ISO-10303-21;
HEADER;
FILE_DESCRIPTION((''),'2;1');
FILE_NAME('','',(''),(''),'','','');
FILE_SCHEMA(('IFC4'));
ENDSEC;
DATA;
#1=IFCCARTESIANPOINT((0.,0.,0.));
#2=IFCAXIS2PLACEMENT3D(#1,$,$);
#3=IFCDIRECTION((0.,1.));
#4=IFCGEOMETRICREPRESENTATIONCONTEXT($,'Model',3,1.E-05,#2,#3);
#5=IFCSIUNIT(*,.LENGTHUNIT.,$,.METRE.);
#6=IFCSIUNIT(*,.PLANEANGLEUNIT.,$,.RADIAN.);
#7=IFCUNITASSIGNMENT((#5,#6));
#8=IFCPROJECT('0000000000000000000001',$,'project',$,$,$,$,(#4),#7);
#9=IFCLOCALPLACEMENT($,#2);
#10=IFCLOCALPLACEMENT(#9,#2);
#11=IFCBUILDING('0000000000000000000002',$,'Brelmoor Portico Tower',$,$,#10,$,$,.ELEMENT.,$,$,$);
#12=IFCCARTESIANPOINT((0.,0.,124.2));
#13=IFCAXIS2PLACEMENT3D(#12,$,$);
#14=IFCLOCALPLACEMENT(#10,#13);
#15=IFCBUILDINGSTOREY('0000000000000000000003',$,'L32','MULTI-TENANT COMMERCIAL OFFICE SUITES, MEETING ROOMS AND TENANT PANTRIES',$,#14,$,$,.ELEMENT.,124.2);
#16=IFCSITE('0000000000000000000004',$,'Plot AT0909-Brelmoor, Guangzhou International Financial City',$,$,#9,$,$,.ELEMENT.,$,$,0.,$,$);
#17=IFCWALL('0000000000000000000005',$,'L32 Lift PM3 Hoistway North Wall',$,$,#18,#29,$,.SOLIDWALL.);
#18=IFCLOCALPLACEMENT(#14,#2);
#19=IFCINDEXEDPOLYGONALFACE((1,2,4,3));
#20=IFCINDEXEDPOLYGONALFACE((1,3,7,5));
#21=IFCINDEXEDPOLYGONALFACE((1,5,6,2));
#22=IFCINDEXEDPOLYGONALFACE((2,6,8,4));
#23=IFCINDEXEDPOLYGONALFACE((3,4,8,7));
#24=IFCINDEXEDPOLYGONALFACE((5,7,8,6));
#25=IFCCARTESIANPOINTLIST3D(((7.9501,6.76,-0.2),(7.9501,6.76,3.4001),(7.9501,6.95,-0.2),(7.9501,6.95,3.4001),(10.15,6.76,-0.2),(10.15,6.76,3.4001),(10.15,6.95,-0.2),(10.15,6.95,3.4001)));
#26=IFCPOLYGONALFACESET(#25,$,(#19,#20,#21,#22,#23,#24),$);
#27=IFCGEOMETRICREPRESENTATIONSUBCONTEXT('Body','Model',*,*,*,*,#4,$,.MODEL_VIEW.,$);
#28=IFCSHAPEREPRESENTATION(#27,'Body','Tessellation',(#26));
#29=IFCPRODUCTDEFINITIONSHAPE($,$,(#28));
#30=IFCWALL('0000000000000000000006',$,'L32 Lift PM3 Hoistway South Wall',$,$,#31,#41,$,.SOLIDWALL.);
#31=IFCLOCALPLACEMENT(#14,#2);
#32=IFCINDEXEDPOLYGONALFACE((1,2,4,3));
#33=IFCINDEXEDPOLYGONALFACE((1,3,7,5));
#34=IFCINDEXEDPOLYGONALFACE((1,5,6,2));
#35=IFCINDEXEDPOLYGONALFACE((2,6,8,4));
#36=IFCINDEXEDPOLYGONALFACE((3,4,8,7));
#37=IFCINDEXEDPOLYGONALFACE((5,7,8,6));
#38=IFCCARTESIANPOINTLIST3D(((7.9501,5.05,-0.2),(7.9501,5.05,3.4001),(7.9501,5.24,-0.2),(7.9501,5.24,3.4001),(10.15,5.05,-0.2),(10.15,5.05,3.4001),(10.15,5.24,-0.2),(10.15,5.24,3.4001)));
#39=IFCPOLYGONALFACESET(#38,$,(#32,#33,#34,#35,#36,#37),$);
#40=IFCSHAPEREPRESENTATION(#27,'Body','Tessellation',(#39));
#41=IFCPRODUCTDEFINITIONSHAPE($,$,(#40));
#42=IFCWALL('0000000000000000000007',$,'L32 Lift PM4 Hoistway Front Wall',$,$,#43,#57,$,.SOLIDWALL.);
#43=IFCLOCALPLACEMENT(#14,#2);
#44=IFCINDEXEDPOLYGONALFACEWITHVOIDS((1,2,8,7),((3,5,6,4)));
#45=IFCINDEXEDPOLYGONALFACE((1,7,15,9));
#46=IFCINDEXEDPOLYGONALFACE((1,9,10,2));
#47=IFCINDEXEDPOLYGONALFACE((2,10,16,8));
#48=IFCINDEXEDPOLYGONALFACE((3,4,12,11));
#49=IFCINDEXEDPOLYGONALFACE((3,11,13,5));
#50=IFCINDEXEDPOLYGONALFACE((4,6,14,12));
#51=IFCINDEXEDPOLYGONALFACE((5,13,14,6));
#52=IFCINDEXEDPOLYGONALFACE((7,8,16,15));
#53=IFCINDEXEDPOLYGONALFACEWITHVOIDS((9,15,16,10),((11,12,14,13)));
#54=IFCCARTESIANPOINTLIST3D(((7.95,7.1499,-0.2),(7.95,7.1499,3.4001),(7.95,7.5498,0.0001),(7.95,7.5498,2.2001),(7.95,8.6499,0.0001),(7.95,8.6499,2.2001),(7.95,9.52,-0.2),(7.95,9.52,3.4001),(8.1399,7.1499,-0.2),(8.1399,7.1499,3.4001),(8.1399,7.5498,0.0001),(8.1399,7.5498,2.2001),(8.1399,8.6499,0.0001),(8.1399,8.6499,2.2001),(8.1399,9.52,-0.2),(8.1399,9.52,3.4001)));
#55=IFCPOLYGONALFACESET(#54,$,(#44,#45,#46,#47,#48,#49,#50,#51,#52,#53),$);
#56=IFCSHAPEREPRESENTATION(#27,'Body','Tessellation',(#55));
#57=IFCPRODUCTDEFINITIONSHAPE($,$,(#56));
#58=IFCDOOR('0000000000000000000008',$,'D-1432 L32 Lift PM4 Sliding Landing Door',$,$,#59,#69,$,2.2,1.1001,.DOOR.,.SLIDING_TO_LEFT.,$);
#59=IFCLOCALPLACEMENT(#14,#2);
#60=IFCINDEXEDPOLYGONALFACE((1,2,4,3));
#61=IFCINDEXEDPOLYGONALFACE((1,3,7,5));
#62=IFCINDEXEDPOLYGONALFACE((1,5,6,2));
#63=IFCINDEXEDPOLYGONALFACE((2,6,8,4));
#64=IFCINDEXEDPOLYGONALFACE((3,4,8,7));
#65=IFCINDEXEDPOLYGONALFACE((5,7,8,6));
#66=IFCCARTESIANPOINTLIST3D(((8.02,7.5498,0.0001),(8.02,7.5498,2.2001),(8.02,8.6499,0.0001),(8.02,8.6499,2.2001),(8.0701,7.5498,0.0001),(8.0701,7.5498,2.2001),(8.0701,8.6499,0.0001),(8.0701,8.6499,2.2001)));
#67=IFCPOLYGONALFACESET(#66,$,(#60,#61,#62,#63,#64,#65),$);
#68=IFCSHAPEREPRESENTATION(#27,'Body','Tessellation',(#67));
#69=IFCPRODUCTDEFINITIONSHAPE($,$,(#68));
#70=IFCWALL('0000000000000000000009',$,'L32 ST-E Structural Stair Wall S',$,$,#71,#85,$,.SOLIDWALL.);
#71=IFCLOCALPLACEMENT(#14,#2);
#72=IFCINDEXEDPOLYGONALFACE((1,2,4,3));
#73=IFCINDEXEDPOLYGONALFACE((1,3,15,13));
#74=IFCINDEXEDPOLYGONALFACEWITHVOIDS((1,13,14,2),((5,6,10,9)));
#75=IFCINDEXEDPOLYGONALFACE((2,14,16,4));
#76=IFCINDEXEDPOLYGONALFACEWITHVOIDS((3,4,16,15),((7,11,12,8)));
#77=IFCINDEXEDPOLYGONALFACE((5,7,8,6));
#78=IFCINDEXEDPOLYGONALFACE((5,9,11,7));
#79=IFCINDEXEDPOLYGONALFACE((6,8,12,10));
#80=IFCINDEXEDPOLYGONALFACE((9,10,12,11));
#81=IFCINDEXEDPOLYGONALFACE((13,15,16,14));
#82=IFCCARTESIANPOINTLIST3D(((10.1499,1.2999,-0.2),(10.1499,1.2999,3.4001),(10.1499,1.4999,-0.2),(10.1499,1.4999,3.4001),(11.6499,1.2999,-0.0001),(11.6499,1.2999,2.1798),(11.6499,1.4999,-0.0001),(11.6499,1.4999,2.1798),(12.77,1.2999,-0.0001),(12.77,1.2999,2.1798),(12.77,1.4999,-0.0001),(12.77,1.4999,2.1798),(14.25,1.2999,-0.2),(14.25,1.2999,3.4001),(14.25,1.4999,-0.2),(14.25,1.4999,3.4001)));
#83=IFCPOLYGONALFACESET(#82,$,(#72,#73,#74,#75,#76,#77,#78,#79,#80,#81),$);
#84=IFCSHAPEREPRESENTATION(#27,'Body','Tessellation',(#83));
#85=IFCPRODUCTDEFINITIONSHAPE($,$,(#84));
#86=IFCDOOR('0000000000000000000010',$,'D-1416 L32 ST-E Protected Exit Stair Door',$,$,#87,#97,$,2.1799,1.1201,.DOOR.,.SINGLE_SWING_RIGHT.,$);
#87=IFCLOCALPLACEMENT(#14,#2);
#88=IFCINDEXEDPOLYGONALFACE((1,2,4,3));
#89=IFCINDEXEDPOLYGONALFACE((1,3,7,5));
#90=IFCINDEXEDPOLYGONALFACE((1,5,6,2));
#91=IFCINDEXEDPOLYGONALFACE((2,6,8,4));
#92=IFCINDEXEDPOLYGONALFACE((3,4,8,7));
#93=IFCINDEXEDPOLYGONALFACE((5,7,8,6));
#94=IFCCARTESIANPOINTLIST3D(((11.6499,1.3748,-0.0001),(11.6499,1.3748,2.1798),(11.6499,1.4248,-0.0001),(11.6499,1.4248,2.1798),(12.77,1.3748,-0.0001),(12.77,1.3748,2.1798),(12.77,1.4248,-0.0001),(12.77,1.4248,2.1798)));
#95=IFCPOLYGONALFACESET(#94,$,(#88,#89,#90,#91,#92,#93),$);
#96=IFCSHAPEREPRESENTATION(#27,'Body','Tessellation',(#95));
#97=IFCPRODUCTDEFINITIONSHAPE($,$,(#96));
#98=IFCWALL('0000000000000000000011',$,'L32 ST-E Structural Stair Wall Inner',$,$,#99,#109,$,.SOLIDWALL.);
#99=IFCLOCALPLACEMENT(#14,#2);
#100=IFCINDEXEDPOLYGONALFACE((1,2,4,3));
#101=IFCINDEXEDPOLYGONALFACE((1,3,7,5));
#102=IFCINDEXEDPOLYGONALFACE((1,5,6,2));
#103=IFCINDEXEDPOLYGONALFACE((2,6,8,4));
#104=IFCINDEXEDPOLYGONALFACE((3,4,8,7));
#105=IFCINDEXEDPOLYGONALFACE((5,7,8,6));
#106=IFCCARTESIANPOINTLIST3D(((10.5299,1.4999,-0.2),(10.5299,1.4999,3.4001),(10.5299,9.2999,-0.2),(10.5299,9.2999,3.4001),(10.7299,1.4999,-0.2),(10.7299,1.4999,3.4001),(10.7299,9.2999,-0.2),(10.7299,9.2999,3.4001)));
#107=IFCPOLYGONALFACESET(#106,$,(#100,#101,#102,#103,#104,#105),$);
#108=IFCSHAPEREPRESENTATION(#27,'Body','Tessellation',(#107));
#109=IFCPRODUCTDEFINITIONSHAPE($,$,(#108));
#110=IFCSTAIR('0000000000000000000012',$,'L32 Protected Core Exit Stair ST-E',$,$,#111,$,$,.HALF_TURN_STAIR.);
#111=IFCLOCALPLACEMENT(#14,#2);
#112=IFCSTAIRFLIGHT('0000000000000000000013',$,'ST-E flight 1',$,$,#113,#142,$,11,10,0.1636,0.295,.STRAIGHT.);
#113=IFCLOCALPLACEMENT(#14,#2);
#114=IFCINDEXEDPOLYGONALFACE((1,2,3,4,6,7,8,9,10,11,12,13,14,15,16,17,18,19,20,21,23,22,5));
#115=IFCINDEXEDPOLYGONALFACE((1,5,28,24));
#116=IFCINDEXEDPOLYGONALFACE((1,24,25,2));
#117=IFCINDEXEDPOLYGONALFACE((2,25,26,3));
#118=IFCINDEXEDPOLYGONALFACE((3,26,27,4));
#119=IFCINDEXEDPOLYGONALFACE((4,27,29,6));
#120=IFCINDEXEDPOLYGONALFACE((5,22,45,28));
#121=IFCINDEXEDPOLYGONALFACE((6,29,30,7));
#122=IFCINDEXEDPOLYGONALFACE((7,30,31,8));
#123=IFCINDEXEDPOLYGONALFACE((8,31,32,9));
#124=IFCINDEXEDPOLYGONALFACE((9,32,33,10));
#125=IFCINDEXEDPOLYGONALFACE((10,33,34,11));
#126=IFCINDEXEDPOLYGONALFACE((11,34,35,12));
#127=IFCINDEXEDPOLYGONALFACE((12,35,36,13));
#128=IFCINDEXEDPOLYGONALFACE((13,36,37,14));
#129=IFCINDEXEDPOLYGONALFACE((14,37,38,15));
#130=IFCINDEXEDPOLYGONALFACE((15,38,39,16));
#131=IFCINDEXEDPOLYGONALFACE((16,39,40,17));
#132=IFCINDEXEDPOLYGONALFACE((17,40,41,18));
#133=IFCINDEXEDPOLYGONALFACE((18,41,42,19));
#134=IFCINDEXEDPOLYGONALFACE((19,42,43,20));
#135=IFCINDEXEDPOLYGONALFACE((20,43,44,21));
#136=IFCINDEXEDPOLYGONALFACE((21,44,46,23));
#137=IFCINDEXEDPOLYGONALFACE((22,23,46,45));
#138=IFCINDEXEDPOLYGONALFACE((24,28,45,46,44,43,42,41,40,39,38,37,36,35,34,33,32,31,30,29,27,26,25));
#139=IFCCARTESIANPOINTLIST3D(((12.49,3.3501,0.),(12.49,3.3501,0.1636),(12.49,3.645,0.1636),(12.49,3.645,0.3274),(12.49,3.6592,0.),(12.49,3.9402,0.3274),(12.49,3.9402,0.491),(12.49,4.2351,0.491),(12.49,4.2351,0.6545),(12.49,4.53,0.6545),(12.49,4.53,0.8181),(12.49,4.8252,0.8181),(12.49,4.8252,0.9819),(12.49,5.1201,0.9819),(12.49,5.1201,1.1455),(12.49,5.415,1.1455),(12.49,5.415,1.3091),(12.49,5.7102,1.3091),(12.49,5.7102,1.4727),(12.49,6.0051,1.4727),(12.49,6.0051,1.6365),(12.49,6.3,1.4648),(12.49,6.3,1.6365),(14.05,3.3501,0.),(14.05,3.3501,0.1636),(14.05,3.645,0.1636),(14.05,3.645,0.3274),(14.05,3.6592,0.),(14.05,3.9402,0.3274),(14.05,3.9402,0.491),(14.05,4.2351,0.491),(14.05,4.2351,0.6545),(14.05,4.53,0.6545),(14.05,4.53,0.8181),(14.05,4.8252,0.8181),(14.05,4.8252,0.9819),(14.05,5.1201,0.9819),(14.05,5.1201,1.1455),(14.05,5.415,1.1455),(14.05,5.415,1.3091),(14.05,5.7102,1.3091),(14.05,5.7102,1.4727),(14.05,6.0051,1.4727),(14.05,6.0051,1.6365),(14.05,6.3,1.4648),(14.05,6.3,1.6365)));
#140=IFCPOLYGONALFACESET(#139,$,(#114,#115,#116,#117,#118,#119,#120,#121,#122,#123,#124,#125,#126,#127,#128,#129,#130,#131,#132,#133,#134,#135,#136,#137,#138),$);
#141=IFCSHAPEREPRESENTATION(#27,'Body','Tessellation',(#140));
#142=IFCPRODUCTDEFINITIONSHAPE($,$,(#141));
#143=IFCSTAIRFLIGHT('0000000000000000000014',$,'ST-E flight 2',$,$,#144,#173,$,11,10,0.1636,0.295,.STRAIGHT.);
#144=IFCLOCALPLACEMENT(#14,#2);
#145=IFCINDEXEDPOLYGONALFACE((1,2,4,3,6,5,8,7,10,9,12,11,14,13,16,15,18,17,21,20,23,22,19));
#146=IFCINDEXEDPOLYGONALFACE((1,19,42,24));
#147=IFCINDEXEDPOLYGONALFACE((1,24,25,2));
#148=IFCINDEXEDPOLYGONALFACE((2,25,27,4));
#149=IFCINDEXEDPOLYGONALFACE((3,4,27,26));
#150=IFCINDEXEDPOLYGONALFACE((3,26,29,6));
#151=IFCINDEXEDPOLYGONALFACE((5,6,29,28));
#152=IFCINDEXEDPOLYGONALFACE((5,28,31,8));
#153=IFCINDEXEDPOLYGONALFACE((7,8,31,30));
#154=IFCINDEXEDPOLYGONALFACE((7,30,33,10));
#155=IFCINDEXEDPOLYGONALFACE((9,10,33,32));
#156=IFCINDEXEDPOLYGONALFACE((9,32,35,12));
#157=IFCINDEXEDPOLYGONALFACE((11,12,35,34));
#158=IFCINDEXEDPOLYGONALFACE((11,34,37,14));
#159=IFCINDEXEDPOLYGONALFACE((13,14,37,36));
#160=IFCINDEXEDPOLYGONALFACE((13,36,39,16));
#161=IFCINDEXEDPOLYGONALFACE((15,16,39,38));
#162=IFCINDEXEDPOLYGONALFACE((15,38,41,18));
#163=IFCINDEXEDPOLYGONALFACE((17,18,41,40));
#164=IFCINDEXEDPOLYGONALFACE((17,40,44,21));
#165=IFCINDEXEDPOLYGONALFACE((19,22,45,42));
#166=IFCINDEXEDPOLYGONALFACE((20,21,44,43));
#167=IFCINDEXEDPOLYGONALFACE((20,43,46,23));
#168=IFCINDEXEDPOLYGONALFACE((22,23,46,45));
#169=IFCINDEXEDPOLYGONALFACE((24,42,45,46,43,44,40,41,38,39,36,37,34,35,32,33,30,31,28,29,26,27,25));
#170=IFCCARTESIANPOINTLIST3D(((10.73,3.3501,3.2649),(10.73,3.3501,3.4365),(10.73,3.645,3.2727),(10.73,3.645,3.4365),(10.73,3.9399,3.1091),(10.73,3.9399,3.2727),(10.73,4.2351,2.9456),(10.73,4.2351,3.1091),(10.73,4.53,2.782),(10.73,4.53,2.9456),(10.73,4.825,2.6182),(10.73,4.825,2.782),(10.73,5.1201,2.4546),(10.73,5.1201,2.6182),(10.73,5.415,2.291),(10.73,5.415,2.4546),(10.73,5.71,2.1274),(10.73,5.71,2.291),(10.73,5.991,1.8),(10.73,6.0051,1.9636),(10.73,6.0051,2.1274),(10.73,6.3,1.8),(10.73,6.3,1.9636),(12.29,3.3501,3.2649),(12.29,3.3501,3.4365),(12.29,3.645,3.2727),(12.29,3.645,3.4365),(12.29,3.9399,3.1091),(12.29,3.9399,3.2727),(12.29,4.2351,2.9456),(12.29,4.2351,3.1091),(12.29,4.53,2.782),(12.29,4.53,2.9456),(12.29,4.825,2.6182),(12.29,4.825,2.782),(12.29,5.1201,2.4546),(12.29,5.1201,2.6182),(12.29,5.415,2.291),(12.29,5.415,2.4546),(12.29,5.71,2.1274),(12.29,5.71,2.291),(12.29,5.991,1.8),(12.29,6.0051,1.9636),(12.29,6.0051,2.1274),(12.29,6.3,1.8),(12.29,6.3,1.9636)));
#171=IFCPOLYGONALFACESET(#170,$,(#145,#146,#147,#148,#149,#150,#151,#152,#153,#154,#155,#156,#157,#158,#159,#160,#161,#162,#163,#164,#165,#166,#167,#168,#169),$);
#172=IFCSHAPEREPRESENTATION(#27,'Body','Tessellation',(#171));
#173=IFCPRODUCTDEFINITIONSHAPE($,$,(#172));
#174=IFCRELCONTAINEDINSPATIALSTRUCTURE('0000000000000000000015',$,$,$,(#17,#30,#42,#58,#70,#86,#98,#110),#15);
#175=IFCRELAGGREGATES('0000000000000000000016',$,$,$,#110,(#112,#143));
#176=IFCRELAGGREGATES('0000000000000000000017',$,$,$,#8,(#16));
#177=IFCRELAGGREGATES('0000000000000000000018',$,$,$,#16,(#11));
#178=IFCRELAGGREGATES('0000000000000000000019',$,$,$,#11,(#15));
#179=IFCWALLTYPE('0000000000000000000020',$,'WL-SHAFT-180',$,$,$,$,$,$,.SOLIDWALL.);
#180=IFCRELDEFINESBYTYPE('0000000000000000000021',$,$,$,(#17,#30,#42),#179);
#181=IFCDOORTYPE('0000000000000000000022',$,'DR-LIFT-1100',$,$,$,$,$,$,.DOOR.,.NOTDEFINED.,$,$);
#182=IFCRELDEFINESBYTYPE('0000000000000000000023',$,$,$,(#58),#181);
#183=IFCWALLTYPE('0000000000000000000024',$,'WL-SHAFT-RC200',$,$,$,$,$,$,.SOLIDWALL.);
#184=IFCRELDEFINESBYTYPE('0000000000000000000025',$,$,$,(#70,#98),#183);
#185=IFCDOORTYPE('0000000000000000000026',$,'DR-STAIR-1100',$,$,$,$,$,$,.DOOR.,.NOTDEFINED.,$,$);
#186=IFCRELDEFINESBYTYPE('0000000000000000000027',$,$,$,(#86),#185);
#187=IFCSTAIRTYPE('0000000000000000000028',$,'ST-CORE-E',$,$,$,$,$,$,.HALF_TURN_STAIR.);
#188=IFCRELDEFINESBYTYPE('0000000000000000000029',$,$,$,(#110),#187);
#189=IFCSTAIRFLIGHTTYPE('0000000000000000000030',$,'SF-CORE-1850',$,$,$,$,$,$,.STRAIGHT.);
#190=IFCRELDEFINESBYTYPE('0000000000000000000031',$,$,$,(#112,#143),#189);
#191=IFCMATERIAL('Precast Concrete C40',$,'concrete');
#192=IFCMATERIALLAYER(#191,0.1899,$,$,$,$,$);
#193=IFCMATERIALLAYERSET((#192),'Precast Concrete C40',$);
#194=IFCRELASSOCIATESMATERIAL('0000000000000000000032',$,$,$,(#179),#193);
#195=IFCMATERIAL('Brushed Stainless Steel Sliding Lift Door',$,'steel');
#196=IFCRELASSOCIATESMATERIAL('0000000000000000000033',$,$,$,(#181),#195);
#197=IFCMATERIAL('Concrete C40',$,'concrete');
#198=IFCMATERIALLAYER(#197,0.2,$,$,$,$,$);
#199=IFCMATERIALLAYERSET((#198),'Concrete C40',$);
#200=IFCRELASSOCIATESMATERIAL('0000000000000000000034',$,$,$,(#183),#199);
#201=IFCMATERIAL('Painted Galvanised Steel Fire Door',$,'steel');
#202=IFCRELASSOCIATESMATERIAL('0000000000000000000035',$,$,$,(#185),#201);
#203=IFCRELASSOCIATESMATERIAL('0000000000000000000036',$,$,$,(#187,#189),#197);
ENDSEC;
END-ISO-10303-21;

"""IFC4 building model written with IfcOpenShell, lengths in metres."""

from ifc_helpers import new_model, si_unit, direction, frame, frame_2d, origin, place, context, subcontext, project, spatial, polyline, rectangle, outline, extrude, material, layer, layer_set, type_object, element, fill, aggregate, save


model = new_model("IFC4")

# Units and contexts
model_context = context("Model", 3, precision=1e-05, world=origin(), true_north=direction((0.0, 1.0)))
body_context = subcontext(model_context, "Body", "Model", "MODEL_VIEW")
ifc_project = project(units=[si_unit("LENGTHUNIT", "METRE"), si_unit("PLANEANGLEUNIT", "RADIAN")], contexts=[model_context])

# Site, building, storey
site_placement = place(None, origin())
site = spatial("IfcSite", under=ifc_project, at=site_placement, Name="Plot AT0909-Brelmoor, Guangzhou International Financial City", CompositionType="ELEMENT", RefElevation=0.0)
building_placement = place(site_placement, origin())
building = spatial("IfcBuilding", under=site, at=building_placement, Name="Brelmoor Portico Tower", CompositionType="ELEMENT")
storey_placement = place(building_placement, frame((0.0, 0.0, 124.2)))
storey = spatial("IfcBuildingStorey", under=building, at=storey_placement, Name="L32", Description="MULTI-TENANT COMMERCIAL OFFICE SUITES, MEETING ROOMS AND TENANT PANTRIES", CompositionType="ELEMENT", Elevation=124.2)

# Shared definitions
ifc_material_1 = material(Name="Precast Concrete C40", Category="concrete")
ifc_layer_1 = layer(ifc_material_1, 0.1899)
ifc_layer_set_1 = layer_set([ifc_layer_1], Name="Precast Concrete C40")
wall_type_1 = type_object("IfcWallType", Name="WL-SHAFT-180", PredefinedType="SOLIDWALL", material=ifc_layer_set_1)
ifc_material_2 = material(Name="Brushed Stainless Steel Sliding Lift Door", Category="steel")
door_type_1 = type_object("IfcDoorType", Name="DR-LIFT-1100", OperationType="NOTDEFINED", PredefinedType="DOOR", material=ifc_material_2)

# Walls
for number, where, z_axis, x_axis, name in (
    (1, (7.95, 6.855, -0.2), (0.0, 0.0, 1.0), (1.0, 0.0, 0.0), "L32 Lift PM3 Hoistway North Wall"),
    (2, (7.95, 5.145, -0.2), (0.0, 0.0, 1.0), (1.0, 0.0, 0.0), "L32 Lift PM3 Hoistway South Wall"),
):
    element("IfcWall", number, at=place(storey_placement, frame(where, z_axis=z_axis, x_axis=x_axis)), inside=storey, type_object=wall_type_1, Name=name, PredefinedType="SOLIDWALL", context=body_context, shape_type="SweptSolid", body=[
        extrude(rectangle(XDim=2.2, YDim=0.1899, at=frame_2d((1.1001, 0.0))), origin(), (0.0, 0.0, 1.0), 3.6001),
    ])

# Walls, openings, doors
wall_1_placement = place(storey_placement, frame((8.0449, 7.1499, -0.2), z_axis=(0.0, 0.0, 1.0), x_axis=(0.0, 1.0, 0.0)))
wall_1 = element("IfcWall", 3, at=wall_1_placement, inside=storey, type_object=wall_type_1, Name="L32 Lift PM4 Hoistway Front Wall", PredefinedType="SOLIDWALL", context=body_context, shape_type="SweptSolid", body=[
    extrude(rectangle(XDim=2.3701, YDim=0.1899, at=frame_2d((1.1851, 0.0))), origin(), (0.0, 0.0, 1.0), 3.6001),
])
opening_1_placement = place(wall_1_placement, frame((0.3999, 0.0, 0.2)))
opening_1 = element("IfcOpeningElement", 4, at=opening_1_placement, cuts=wall_1, PredefinedType="OPENING", context=body_context, shape_type="SweptSolid", body=[
    extrude(rectangle(XDim=1.1001, YDim=2.2, at=frame_2d((0.55, 1.1001))), frame((0.0, 0.105, 0.0), z_axis=(0.0, -1.0, 0.0), x_axis=(1.0, 0.0, 0.0)), (0.0, 0.0, 1.0), 0.21),
])
door_1_placement = place(opening_1_placement, origin())
door_1 = element("IfcDoor", 5, at=door_1_placement, inside=storey, type_object=door_type_1, Name="D-1432 L32 Lift PM4 Sliding Landing Door", OperationType="SLIDING_TO_LEFT", OverallHeight=2.2, OverallWidth=1.1001, PredefinedType="DOOR", context=body_context, shape_type="SweptSolid", body=[
    extrude(rectangle(XDim=1.1001, YDim=2.2, at=frame_2d((0.55, 1.1001))), frame((0.0, 0.0249, 0.0), z_axis=(0.0, -1.0, 0.0), x_axis=(1.0, 0.0, 0.0)), (0.0, 0.0, 1.0), 0.05),
])
fill(opening_1, door_1)
ifc_material_3 = material(Name="Concrete C40", Category="concrete")
ifc_layer_2 = layer(ifc_material_3, 0.2)
ifc_layer_set_2 = layer_set([ifc_layer_2], Name="Concrete C40")
wall_type_2 = type_object("IfcWallType", Name="WL-SHAFT-RC200", PredefinedType="SOLIDWALL", material=ifc_layer_set_2)
wall_2_placement = place(storey_placement, frame((10.1499, 1.3999, -0.2), z_axis=(0.0, 0.0, 1.0), x_axis=(1.0, 0.0, 0.0)))
wall_2 = element("IfcWall", 6, at=wall_2_placement, inside=storey, type_object=wall_type_2, Name="L32 ST-E Structural Stair Wall S", PredefinedType="SOLIDWALL", context=body_context, shape_type="SweptSolid", body=[
    extrude(rectangle(XDim=4.1001, YDim=0.2, at=frame_2d((2.05, 0.0))), origin(), (0.0, 0.0, 1.0), 3.6001),
])
opening_2_placement = place(wall_2_placement, frame((1.5, 0.0, 0.2)))
opening_2 = element("IfcOpeningElement", 7, at=opening_2_placement, cuts=wall_2, PredefinedType="OPENING", context=body_context, shape_type="SweptSolid", body=[
    extrude(rectangle(XDim=1.1201, YDim=2.1799, at=frame_2d((0.5601, 1.0898))), frame((0.0, 0.1099, 0.0), z_axis=(0.0, -1.0, 0.0), x_axis=(1.0, 0.0, 0.0)), (0.0, 0.0, 1.0), 0.22),
])
ifc_material_4 = material(Name="Painted Galvanised Steel Fire Door", Category="steel")
door_type_2 = type_object("IfcDoorType", Name="DR-STAIR-1100", OperationType="NOTDEFINED", PredefinedType="DOOR", material=ifc_material_4)
door_2_placement = place(opening_2_placement, origin())
door_2 = element("IfcDoor", 8, at=door_2_placement, inside=storey, type_object=door_type_2, Name="D-1416 L32 ST-E Protected Exit Stair Door", OperationType="SINGLE_SWING_RIGHT", OverallHeight=2.1799, OverallWidth=1.1201, PredefinedType="DOOR", context=body_context, shape_type="SweptSolid", body=[
    extrude(rectangle(XDim=1.1201, YDim=2.1799, at=frame_2d((0.5601, 1.0898))), frame((0.0, 0.0249, 0.0), z_axis=(0.0, -1.0, 0.0), x_axis=(1.0, 0.0, 0.0)), (0.0, 0.0, 1.0), 0.05),
])
fill(opening_2, door_2)

# Wall
wall_3_placement = place(storey_placement, frame((10.6299, 1.5, -0.2), z_axis=(0.0, 0.0, 1.0), x_axis=(0.0, 1.0, 0.0)))
element("IfcWall", 9, at=wall_3_placement, inside=storey, type_object=wall_type_2, Name="L32 ST-E Structural Stair Wall Inner", PredefinedType="SOLIDWALL", context=body_context, shape_type="SweptSolid", body=[
    extrude(rectangle(XDim=7.8, YDim=0.2, at=frame_2d((3.8999, 0.0))), origin(), (0.0, 0.0, 1.0), 3.6001),
])

# Stair, stair flights
stair_type = type_object("IfcStairType", Name="ST-CORE-E", PredefinedType="HALF_TURN_STAIR", material=ifc_material_3)
stair_placement = place(storey_placement, origin())
stair = element("IfcStair", 10, at=stair_placement, inside=storey, type_object=stair_type, Name="L32 Protected Core Exit Stair ST-E", PredefinedType="HALF_TURN_STAIR")
stair_flight_type = type_object("IfcStairFlightType", Name="SF-CORE-1850", PredefinedType="STRAIGHT", material=ifc_material_3)
stair_flight_1_placement = place(storey_placement, frame((13.27, 3.3501, 0.0), z_axis=(0.0, 0.0, 1.0), x_axis=(0.0, 1.0, 0.0)))
stair_flight_1 = element("IfcStairFlight", 11, at=stair_flight_1_placement, type_object=stair_flight_type, Name="ST-E flight 1", NumberOfRisers=11, NumberOfTreads=10, PredefinedType="STRAIGHT", RiserHeight=0.1636, TreadLength=0.295, context=body_context, shape_type="SweptSolid", body=[
    extrude(outline(polyline([(0.0, 0.0), (0.0, 0.1636), (0.2949, 0.1636), (0.2949, 0.3274), (0.5901, 0.3274), (0.5901, 0.491), (0.885, 0.491), (0.885, 0.6545), (1.1799, 0.6545), (1.1799, 0.8181), (1.4751, 0.8181), (1.4751, 0.9819), (1.77, 0.9819), (1.77, 1.1455), (2.0649, 1.1455), (2.0649, 1.3091), (2.3601, 1.3091), (2.3601, 1.4727), (2.655, 1.4727), (2.655, 1.6365), (2.95, 1.6365), (2.95, 1.8), (2.95, 1.4648), (0.3091, 0.0), (0.0, 0.0)])), frame((0.0, 0.78, 0.0), z_axis=(0.0, -1.0, 0.0), x_axis=(1.0, 0.0, 0.0)), (0.0, 0.0, 1.0), 1.5601),
])
stair_flight_2_placement = place(storey_placement, frame((11.51, 6.3, 1.8), z_axis=(0.0, 0.0, 1.0), x_axis=(0.0, -1.0, 0.0)))
stair_flight_2 = element("IfcStairFlight", 12, at=stair_flight_2_placement, type_object=stair_flight_type, Name="ST-E flight 2", NumberOfRisers=11, NumberOfTreads=10, PredefinedType="STRAIGHT", RiserHeight=0.1636, TreadLength=0.295, context=body_context, shape_type="SweptSolid", body=[
    extrude(outline(polyline([(0.0, 0.0), (0.0, 0.1636), (0.2949, 0.1636), (0.2949, 0.3274), (0.5901, 0.3274), (0.5901, 0.491), (0.885, 0.491), (0.885, 0.6545), (1.1799, 0.6545), (1.1799, 0.8181), (1.4751, 0.8181), (1.4751, 0.9819), (1.77, 0.9819), (1.77, 1.1455), (2.0649, 1.1455), (2.0649, 1.3091), (2.3601, 1.3091), (2.3601, 1.4727), (2.655, 1.4727), (2.655, 1.6365), (2.95, 1.6365), (2.95, 1.8), (2.95, 1.4648), (0.3091, 0.0), (0.0, 0.0)])), frame((0.0, 0.78, 0.0), z_axis=(0.0, -1.0, 0.0), x_axis=(1.0, 0.0, 0.0)), (0.0, 0.0, 1.0), 1.5601),
])
aggregate(stair, [stair_flight_1, stair_flight_2])

save(model, "model.ifc")
